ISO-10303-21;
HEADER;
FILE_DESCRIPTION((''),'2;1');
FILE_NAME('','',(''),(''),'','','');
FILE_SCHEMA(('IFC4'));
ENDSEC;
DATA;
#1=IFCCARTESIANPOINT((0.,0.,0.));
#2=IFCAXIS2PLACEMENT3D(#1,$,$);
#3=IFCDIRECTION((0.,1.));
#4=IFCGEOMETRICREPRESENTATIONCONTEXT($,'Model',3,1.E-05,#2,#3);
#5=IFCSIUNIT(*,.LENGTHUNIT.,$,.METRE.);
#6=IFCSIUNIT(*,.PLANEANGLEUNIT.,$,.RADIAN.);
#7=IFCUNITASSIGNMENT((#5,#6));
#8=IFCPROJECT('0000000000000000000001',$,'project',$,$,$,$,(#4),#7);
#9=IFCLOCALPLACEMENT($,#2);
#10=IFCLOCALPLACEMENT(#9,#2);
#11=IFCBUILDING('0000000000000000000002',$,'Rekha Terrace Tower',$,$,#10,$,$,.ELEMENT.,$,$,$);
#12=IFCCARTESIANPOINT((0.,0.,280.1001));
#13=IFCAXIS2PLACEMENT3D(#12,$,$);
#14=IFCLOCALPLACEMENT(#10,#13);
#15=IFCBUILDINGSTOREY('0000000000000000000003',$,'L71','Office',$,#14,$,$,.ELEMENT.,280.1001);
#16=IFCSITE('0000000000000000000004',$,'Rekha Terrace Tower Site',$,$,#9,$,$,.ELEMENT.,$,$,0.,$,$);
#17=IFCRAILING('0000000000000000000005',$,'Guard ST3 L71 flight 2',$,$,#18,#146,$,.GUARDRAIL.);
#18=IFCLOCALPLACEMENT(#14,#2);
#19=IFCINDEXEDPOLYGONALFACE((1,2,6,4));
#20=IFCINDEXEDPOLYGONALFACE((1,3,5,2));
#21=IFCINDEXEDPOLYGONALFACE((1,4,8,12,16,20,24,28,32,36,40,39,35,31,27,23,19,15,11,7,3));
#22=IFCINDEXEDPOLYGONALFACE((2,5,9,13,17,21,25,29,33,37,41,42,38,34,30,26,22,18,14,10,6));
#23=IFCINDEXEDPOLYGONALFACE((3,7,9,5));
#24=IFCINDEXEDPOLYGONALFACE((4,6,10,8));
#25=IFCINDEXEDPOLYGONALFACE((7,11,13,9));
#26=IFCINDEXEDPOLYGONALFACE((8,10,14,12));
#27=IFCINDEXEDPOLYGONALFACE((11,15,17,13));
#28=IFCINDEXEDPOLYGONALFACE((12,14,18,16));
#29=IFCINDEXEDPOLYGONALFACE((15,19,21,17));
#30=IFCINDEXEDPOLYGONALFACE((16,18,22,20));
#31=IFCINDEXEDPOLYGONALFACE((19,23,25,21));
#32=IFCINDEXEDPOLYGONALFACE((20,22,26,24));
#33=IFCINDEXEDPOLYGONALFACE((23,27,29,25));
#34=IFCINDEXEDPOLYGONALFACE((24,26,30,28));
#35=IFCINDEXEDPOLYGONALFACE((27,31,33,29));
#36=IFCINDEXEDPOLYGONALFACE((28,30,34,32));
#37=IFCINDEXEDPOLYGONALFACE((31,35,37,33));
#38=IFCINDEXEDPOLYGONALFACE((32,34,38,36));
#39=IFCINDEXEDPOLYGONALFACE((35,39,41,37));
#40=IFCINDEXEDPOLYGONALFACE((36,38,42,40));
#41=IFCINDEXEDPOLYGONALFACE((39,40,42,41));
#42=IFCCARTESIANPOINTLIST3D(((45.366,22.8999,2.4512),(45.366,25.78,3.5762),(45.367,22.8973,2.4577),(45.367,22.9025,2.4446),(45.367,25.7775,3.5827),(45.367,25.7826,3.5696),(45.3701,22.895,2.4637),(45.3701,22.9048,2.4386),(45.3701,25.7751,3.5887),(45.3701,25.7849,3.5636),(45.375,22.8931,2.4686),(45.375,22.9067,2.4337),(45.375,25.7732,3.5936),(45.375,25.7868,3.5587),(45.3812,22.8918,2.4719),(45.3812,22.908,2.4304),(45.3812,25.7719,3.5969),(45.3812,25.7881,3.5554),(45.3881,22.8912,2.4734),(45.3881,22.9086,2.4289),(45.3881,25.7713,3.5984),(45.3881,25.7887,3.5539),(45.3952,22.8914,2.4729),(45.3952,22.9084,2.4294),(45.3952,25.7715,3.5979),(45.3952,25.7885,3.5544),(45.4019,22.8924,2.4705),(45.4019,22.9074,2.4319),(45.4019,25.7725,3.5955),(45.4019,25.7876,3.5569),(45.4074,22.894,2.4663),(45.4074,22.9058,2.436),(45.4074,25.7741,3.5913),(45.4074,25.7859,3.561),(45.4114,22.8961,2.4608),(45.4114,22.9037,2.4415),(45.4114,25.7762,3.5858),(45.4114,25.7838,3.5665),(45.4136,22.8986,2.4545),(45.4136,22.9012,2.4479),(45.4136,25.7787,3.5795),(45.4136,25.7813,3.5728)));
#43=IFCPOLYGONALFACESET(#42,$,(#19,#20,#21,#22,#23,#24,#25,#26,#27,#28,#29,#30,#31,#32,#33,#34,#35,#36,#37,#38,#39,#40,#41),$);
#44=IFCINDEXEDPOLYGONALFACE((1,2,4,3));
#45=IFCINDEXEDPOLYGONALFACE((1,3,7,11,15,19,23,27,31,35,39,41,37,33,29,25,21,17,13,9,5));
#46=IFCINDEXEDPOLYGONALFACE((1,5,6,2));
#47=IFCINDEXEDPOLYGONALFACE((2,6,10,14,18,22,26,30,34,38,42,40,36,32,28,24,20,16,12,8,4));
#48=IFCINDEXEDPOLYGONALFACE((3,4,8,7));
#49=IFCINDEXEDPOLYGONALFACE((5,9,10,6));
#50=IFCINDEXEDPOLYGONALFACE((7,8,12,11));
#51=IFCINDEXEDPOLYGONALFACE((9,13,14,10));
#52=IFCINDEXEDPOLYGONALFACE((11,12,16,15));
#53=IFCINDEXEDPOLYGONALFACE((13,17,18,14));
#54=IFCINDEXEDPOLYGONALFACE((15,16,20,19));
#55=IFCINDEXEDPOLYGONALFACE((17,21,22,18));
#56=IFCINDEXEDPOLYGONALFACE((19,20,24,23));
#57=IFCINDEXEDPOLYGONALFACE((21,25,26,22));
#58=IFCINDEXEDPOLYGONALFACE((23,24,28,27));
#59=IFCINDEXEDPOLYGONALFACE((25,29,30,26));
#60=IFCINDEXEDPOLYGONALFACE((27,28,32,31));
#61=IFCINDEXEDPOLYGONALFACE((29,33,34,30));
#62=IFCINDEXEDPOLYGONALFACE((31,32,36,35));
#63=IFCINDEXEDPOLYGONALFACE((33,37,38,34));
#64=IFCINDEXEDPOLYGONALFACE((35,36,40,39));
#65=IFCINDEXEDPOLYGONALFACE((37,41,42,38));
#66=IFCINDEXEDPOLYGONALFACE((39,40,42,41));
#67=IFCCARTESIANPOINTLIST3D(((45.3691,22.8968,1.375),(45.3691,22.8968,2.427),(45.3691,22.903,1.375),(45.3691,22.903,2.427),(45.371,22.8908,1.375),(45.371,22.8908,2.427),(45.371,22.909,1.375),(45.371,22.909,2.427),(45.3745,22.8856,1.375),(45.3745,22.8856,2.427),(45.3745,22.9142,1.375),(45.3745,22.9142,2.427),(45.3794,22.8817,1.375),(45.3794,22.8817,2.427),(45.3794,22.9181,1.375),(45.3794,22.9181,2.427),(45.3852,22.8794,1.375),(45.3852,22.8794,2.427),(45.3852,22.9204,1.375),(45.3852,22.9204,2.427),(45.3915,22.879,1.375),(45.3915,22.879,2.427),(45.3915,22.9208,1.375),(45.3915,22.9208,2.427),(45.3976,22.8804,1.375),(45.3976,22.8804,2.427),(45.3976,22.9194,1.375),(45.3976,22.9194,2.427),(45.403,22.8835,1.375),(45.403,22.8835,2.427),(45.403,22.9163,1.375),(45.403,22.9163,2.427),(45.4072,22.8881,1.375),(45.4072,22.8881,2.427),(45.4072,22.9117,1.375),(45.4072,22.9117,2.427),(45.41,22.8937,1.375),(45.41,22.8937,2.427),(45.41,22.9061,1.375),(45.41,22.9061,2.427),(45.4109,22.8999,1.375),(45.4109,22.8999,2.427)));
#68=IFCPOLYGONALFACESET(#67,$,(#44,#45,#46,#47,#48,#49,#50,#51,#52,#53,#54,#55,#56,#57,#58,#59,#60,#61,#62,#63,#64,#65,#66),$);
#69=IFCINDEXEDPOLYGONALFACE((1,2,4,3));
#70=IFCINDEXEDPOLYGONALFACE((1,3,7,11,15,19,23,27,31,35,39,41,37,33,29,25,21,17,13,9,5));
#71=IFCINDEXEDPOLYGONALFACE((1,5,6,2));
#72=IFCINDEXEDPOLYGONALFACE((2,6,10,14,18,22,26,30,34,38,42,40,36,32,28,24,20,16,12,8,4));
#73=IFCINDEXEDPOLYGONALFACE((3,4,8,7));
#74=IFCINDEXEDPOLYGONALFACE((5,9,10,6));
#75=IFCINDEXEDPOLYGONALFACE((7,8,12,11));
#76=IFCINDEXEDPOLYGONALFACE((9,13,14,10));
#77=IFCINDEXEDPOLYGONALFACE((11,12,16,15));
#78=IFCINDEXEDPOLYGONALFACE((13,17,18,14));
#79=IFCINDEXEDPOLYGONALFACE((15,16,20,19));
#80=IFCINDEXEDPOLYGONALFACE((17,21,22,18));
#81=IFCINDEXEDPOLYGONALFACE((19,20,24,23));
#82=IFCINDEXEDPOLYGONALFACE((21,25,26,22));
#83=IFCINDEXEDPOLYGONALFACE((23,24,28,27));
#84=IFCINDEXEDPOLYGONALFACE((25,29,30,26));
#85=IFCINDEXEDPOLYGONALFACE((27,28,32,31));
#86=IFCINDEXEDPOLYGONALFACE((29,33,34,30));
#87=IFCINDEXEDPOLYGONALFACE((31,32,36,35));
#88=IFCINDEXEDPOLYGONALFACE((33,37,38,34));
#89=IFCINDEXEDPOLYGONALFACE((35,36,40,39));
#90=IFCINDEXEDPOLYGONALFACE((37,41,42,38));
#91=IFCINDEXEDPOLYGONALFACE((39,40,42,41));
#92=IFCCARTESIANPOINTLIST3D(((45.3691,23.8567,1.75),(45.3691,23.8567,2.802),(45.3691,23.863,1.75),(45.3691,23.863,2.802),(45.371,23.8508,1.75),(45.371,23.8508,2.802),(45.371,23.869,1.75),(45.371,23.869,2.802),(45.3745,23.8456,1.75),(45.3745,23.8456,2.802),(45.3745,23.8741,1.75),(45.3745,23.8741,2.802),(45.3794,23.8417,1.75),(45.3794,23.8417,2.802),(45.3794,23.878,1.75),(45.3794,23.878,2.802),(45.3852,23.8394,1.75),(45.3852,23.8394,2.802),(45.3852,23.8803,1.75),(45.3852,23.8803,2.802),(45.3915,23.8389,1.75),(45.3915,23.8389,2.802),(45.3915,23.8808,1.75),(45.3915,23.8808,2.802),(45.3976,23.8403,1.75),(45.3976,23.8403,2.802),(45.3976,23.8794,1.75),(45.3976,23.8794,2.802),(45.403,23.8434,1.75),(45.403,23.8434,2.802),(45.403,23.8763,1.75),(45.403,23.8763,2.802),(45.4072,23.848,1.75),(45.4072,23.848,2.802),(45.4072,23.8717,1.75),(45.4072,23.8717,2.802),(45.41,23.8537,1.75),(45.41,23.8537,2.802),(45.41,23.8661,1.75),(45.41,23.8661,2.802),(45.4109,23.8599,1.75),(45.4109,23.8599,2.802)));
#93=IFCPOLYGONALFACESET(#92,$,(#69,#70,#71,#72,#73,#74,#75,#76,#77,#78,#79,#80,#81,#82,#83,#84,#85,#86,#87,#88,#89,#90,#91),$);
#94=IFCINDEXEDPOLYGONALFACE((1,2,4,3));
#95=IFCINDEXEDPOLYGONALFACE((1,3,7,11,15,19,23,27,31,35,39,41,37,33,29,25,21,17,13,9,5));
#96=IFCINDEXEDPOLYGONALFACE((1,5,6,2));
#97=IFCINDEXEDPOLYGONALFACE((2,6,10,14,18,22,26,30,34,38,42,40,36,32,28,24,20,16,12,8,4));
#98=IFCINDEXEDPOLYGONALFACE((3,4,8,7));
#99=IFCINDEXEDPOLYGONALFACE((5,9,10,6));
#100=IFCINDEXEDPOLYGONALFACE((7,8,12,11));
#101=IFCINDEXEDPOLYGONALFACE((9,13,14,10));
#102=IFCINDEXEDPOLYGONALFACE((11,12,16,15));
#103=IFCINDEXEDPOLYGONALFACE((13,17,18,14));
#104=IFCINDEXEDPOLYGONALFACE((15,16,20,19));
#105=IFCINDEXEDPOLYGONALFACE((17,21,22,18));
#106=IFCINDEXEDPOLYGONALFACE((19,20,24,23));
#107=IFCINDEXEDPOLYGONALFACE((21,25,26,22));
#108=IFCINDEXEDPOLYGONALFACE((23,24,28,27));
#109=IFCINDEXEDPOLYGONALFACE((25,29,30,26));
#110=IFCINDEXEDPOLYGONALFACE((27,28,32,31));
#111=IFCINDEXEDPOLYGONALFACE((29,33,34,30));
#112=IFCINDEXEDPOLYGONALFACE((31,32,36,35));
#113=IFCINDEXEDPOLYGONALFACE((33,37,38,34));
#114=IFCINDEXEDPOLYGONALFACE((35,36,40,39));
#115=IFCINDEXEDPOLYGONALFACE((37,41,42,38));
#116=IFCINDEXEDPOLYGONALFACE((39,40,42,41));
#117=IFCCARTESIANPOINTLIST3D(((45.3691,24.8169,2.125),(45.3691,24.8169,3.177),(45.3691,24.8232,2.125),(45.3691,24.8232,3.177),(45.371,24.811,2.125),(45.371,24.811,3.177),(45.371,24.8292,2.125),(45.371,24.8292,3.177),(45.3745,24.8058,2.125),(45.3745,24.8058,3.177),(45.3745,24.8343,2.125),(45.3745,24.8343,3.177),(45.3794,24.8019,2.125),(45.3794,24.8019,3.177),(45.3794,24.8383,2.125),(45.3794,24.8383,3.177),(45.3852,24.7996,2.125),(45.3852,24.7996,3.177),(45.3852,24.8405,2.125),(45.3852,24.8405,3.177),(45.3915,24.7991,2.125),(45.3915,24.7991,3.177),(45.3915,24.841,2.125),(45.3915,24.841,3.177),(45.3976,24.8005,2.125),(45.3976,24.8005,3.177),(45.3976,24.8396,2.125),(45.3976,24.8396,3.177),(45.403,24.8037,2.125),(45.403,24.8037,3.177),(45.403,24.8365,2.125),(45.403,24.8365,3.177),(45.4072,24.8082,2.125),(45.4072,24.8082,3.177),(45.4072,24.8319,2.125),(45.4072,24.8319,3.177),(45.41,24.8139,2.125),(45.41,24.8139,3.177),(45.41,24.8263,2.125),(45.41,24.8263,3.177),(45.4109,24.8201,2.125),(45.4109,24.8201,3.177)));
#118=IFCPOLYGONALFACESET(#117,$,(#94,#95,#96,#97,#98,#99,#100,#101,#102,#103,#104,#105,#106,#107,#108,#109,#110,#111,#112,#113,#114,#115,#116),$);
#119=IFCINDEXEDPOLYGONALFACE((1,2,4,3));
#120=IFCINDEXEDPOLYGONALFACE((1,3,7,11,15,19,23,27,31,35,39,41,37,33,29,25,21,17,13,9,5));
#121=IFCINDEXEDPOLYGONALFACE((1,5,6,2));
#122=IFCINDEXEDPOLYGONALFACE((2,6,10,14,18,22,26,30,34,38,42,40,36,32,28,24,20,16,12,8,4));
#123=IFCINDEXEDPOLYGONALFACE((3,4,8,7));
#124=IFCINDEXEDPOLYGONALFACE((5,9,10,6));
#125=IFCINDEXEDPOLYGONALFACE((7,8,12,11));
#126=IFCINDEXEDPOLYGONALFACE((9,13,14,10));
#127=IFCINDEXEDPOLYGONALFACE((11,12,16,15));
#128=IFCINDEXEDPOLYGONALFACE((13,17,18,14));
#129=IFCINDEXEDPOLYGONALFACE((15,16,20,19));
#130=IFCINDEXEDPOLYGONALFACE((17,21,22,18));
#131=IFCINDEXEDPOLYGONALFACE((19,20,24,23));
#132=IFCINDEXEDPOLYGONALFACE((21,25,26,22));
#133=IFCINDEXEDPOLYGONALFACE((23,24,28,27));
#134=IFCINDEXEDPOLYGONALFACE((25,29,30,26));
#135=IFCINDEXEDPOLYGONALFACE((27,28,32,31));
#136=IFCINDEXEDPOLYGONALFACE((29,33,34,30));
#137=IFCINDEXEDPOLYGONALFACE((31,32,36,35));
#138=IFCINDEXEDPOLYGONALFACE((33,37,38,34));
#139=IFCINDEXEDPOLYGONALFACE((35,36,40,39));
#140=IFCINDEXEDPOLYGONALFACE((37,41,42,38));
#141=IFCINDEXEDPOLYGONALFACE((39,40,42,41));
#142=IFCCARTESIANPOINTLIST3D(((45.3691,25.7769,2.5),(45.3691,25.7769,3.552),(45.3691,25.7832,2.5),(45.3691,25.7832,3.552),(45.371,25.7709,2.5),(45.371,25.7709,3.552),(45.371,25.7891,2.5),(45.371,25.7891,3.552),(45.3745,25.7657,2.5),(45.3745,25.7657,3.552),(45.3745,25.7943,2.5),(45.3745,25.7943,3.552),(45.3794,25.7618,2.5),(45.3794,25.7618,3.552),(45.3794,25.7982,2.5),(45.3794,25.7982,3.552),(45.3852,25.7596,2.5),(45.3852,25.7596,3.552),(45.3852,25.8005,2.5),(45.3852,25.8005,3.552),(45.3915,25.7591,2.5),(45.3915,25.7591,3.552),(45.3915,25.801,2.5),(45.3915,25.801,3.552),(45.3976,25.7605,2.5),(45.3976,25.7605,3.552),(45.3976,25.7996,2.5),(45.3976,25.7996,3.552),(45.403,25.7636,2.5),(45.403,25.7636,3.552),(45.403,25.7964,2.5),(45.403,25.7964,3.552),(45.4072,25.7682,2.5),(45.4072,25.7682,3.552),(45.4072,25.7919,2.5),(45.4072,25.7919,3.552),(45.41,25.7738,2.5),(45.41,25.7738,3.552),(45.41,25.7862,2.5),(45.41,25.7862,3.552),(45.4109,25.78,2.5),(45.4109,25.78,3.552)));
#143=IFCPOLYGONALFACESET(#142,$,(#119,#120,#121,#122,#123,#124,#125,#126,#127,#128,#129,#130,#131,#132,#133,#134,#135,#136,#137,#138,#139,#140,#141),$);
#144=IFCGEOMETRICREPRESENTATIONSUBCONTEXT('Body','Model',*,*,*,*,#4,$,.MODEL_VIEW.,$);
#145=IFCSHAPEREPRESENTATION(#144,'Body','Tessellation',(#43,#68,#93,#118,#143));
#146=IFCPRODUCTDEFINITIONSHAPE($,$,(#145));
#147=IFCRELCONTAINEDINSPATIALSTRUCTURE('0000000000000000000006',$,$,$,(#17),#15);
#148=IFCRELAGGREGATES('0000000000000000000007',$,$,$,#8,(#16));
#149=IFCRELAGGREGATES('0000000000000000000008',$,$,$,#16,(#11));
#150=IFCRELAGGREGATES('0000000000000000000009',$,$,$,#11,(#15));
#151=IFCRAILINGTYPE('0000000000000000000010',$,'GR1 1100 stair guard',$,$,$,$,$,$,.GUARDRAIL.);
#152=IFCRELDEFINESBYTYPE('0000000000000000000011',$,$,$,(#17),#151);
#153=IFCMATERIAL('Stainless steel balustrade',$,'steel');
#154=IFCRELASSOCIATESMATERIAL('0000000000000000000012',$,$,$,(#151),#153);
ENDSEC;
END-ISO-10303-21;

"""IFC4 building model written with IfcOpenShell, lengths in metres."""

from ifc_helpers import new_model, si_unit, direction, frame, origin, origin_2d, place, context, subcontext, project, spatial, circle, extrude, material, type_object, element, save


model = new_model("IFC4")

# Units and contexts
model_context = context("Model", 3, precision=1e-05, world=origin(), true_north=direction((0.0, 1.0)))
body_context = subcontext(model_context, "Body", "Model", "MODEL_VIEW")
ifc_project = project(units=[si_unit("LENGTHUNIT", "METRE"), si_unit("PLANEANGLEUNIT", "RADIAN")], contexts=[model_context])

# Site, building, storey
site_placement = place(None, origin())
site = spatial("IfcSite", under=ifc_project, at=site_placement, Name="Rekha Terrace Tower Site", CompositionType="ELEMENT", RefElevation=0.0)
building_placement = place(site_placement, origin())
building = spatial("IfcBuilding", under=site, at=building_placement, Name="Rekha Terrace Tower", CompositionType="ELEMENT")
storey_placement = place(building_placement, frame((0.0, 0.0, 280.1001)))
storey = spatial("IfcBuildingStorey", under=building, at=storey_placement, Name="L71", Description="Office", CompositionType="ELEMENT", Elevation=280.1001)

# Railing
ifc_material_1 = material(Name="Stainless steel balustrade", Category="steel")
railing_type_1 = type_object("IfcRailingType", Name="GR1 1100 stair guard", PredefinedType="GUARDRAIL", material=ifc_material_1)
railing_1_placement = place(storey_placement, frame((45.3899, 22.8999, 1.375)))
element("IfcRailing", 1, at=railing_1_placement, inside=storey, type_object=railing_type_1, Name="Guard ST3 L71 flight 2", PredefinedType="GUARDRAIL", context=body_context, shape_type="SweptSolid", body=[
    extrude(circle(Radius=0.0239, at=origin_2d()), frame((0.0, 0.0, 1.0762), z_axis=(0.0, 0.931463, 0.363837), x_axis=(-1.0, 0.0, 0.0)), (0.0, 0.0, 1.0), 3.092),
    extrude(circle(Radius=0.021, at=origin_2d()), origin(), (0.0, 0.0, 1.0), 1.052),
    extrude(circle(Radius=0.021, at=origin_2d()), frame((0.0, 0.96, 0.375)), (0.0, 0.0, 1.0), 1.052),
    extrude(circle(Radius=0.021, at=origin_2d()), frame((0.0, 1.9202, 0.75)), (0.0, 0.0, 1.0), 1.052),
    extrude(circle(Radius=0.021, at=origin_2d()), frame((0.0, 2.8801, 1.125)), (0.0, 0.0, 1.0), 1.052),
])

save(model, "model.ifc")
